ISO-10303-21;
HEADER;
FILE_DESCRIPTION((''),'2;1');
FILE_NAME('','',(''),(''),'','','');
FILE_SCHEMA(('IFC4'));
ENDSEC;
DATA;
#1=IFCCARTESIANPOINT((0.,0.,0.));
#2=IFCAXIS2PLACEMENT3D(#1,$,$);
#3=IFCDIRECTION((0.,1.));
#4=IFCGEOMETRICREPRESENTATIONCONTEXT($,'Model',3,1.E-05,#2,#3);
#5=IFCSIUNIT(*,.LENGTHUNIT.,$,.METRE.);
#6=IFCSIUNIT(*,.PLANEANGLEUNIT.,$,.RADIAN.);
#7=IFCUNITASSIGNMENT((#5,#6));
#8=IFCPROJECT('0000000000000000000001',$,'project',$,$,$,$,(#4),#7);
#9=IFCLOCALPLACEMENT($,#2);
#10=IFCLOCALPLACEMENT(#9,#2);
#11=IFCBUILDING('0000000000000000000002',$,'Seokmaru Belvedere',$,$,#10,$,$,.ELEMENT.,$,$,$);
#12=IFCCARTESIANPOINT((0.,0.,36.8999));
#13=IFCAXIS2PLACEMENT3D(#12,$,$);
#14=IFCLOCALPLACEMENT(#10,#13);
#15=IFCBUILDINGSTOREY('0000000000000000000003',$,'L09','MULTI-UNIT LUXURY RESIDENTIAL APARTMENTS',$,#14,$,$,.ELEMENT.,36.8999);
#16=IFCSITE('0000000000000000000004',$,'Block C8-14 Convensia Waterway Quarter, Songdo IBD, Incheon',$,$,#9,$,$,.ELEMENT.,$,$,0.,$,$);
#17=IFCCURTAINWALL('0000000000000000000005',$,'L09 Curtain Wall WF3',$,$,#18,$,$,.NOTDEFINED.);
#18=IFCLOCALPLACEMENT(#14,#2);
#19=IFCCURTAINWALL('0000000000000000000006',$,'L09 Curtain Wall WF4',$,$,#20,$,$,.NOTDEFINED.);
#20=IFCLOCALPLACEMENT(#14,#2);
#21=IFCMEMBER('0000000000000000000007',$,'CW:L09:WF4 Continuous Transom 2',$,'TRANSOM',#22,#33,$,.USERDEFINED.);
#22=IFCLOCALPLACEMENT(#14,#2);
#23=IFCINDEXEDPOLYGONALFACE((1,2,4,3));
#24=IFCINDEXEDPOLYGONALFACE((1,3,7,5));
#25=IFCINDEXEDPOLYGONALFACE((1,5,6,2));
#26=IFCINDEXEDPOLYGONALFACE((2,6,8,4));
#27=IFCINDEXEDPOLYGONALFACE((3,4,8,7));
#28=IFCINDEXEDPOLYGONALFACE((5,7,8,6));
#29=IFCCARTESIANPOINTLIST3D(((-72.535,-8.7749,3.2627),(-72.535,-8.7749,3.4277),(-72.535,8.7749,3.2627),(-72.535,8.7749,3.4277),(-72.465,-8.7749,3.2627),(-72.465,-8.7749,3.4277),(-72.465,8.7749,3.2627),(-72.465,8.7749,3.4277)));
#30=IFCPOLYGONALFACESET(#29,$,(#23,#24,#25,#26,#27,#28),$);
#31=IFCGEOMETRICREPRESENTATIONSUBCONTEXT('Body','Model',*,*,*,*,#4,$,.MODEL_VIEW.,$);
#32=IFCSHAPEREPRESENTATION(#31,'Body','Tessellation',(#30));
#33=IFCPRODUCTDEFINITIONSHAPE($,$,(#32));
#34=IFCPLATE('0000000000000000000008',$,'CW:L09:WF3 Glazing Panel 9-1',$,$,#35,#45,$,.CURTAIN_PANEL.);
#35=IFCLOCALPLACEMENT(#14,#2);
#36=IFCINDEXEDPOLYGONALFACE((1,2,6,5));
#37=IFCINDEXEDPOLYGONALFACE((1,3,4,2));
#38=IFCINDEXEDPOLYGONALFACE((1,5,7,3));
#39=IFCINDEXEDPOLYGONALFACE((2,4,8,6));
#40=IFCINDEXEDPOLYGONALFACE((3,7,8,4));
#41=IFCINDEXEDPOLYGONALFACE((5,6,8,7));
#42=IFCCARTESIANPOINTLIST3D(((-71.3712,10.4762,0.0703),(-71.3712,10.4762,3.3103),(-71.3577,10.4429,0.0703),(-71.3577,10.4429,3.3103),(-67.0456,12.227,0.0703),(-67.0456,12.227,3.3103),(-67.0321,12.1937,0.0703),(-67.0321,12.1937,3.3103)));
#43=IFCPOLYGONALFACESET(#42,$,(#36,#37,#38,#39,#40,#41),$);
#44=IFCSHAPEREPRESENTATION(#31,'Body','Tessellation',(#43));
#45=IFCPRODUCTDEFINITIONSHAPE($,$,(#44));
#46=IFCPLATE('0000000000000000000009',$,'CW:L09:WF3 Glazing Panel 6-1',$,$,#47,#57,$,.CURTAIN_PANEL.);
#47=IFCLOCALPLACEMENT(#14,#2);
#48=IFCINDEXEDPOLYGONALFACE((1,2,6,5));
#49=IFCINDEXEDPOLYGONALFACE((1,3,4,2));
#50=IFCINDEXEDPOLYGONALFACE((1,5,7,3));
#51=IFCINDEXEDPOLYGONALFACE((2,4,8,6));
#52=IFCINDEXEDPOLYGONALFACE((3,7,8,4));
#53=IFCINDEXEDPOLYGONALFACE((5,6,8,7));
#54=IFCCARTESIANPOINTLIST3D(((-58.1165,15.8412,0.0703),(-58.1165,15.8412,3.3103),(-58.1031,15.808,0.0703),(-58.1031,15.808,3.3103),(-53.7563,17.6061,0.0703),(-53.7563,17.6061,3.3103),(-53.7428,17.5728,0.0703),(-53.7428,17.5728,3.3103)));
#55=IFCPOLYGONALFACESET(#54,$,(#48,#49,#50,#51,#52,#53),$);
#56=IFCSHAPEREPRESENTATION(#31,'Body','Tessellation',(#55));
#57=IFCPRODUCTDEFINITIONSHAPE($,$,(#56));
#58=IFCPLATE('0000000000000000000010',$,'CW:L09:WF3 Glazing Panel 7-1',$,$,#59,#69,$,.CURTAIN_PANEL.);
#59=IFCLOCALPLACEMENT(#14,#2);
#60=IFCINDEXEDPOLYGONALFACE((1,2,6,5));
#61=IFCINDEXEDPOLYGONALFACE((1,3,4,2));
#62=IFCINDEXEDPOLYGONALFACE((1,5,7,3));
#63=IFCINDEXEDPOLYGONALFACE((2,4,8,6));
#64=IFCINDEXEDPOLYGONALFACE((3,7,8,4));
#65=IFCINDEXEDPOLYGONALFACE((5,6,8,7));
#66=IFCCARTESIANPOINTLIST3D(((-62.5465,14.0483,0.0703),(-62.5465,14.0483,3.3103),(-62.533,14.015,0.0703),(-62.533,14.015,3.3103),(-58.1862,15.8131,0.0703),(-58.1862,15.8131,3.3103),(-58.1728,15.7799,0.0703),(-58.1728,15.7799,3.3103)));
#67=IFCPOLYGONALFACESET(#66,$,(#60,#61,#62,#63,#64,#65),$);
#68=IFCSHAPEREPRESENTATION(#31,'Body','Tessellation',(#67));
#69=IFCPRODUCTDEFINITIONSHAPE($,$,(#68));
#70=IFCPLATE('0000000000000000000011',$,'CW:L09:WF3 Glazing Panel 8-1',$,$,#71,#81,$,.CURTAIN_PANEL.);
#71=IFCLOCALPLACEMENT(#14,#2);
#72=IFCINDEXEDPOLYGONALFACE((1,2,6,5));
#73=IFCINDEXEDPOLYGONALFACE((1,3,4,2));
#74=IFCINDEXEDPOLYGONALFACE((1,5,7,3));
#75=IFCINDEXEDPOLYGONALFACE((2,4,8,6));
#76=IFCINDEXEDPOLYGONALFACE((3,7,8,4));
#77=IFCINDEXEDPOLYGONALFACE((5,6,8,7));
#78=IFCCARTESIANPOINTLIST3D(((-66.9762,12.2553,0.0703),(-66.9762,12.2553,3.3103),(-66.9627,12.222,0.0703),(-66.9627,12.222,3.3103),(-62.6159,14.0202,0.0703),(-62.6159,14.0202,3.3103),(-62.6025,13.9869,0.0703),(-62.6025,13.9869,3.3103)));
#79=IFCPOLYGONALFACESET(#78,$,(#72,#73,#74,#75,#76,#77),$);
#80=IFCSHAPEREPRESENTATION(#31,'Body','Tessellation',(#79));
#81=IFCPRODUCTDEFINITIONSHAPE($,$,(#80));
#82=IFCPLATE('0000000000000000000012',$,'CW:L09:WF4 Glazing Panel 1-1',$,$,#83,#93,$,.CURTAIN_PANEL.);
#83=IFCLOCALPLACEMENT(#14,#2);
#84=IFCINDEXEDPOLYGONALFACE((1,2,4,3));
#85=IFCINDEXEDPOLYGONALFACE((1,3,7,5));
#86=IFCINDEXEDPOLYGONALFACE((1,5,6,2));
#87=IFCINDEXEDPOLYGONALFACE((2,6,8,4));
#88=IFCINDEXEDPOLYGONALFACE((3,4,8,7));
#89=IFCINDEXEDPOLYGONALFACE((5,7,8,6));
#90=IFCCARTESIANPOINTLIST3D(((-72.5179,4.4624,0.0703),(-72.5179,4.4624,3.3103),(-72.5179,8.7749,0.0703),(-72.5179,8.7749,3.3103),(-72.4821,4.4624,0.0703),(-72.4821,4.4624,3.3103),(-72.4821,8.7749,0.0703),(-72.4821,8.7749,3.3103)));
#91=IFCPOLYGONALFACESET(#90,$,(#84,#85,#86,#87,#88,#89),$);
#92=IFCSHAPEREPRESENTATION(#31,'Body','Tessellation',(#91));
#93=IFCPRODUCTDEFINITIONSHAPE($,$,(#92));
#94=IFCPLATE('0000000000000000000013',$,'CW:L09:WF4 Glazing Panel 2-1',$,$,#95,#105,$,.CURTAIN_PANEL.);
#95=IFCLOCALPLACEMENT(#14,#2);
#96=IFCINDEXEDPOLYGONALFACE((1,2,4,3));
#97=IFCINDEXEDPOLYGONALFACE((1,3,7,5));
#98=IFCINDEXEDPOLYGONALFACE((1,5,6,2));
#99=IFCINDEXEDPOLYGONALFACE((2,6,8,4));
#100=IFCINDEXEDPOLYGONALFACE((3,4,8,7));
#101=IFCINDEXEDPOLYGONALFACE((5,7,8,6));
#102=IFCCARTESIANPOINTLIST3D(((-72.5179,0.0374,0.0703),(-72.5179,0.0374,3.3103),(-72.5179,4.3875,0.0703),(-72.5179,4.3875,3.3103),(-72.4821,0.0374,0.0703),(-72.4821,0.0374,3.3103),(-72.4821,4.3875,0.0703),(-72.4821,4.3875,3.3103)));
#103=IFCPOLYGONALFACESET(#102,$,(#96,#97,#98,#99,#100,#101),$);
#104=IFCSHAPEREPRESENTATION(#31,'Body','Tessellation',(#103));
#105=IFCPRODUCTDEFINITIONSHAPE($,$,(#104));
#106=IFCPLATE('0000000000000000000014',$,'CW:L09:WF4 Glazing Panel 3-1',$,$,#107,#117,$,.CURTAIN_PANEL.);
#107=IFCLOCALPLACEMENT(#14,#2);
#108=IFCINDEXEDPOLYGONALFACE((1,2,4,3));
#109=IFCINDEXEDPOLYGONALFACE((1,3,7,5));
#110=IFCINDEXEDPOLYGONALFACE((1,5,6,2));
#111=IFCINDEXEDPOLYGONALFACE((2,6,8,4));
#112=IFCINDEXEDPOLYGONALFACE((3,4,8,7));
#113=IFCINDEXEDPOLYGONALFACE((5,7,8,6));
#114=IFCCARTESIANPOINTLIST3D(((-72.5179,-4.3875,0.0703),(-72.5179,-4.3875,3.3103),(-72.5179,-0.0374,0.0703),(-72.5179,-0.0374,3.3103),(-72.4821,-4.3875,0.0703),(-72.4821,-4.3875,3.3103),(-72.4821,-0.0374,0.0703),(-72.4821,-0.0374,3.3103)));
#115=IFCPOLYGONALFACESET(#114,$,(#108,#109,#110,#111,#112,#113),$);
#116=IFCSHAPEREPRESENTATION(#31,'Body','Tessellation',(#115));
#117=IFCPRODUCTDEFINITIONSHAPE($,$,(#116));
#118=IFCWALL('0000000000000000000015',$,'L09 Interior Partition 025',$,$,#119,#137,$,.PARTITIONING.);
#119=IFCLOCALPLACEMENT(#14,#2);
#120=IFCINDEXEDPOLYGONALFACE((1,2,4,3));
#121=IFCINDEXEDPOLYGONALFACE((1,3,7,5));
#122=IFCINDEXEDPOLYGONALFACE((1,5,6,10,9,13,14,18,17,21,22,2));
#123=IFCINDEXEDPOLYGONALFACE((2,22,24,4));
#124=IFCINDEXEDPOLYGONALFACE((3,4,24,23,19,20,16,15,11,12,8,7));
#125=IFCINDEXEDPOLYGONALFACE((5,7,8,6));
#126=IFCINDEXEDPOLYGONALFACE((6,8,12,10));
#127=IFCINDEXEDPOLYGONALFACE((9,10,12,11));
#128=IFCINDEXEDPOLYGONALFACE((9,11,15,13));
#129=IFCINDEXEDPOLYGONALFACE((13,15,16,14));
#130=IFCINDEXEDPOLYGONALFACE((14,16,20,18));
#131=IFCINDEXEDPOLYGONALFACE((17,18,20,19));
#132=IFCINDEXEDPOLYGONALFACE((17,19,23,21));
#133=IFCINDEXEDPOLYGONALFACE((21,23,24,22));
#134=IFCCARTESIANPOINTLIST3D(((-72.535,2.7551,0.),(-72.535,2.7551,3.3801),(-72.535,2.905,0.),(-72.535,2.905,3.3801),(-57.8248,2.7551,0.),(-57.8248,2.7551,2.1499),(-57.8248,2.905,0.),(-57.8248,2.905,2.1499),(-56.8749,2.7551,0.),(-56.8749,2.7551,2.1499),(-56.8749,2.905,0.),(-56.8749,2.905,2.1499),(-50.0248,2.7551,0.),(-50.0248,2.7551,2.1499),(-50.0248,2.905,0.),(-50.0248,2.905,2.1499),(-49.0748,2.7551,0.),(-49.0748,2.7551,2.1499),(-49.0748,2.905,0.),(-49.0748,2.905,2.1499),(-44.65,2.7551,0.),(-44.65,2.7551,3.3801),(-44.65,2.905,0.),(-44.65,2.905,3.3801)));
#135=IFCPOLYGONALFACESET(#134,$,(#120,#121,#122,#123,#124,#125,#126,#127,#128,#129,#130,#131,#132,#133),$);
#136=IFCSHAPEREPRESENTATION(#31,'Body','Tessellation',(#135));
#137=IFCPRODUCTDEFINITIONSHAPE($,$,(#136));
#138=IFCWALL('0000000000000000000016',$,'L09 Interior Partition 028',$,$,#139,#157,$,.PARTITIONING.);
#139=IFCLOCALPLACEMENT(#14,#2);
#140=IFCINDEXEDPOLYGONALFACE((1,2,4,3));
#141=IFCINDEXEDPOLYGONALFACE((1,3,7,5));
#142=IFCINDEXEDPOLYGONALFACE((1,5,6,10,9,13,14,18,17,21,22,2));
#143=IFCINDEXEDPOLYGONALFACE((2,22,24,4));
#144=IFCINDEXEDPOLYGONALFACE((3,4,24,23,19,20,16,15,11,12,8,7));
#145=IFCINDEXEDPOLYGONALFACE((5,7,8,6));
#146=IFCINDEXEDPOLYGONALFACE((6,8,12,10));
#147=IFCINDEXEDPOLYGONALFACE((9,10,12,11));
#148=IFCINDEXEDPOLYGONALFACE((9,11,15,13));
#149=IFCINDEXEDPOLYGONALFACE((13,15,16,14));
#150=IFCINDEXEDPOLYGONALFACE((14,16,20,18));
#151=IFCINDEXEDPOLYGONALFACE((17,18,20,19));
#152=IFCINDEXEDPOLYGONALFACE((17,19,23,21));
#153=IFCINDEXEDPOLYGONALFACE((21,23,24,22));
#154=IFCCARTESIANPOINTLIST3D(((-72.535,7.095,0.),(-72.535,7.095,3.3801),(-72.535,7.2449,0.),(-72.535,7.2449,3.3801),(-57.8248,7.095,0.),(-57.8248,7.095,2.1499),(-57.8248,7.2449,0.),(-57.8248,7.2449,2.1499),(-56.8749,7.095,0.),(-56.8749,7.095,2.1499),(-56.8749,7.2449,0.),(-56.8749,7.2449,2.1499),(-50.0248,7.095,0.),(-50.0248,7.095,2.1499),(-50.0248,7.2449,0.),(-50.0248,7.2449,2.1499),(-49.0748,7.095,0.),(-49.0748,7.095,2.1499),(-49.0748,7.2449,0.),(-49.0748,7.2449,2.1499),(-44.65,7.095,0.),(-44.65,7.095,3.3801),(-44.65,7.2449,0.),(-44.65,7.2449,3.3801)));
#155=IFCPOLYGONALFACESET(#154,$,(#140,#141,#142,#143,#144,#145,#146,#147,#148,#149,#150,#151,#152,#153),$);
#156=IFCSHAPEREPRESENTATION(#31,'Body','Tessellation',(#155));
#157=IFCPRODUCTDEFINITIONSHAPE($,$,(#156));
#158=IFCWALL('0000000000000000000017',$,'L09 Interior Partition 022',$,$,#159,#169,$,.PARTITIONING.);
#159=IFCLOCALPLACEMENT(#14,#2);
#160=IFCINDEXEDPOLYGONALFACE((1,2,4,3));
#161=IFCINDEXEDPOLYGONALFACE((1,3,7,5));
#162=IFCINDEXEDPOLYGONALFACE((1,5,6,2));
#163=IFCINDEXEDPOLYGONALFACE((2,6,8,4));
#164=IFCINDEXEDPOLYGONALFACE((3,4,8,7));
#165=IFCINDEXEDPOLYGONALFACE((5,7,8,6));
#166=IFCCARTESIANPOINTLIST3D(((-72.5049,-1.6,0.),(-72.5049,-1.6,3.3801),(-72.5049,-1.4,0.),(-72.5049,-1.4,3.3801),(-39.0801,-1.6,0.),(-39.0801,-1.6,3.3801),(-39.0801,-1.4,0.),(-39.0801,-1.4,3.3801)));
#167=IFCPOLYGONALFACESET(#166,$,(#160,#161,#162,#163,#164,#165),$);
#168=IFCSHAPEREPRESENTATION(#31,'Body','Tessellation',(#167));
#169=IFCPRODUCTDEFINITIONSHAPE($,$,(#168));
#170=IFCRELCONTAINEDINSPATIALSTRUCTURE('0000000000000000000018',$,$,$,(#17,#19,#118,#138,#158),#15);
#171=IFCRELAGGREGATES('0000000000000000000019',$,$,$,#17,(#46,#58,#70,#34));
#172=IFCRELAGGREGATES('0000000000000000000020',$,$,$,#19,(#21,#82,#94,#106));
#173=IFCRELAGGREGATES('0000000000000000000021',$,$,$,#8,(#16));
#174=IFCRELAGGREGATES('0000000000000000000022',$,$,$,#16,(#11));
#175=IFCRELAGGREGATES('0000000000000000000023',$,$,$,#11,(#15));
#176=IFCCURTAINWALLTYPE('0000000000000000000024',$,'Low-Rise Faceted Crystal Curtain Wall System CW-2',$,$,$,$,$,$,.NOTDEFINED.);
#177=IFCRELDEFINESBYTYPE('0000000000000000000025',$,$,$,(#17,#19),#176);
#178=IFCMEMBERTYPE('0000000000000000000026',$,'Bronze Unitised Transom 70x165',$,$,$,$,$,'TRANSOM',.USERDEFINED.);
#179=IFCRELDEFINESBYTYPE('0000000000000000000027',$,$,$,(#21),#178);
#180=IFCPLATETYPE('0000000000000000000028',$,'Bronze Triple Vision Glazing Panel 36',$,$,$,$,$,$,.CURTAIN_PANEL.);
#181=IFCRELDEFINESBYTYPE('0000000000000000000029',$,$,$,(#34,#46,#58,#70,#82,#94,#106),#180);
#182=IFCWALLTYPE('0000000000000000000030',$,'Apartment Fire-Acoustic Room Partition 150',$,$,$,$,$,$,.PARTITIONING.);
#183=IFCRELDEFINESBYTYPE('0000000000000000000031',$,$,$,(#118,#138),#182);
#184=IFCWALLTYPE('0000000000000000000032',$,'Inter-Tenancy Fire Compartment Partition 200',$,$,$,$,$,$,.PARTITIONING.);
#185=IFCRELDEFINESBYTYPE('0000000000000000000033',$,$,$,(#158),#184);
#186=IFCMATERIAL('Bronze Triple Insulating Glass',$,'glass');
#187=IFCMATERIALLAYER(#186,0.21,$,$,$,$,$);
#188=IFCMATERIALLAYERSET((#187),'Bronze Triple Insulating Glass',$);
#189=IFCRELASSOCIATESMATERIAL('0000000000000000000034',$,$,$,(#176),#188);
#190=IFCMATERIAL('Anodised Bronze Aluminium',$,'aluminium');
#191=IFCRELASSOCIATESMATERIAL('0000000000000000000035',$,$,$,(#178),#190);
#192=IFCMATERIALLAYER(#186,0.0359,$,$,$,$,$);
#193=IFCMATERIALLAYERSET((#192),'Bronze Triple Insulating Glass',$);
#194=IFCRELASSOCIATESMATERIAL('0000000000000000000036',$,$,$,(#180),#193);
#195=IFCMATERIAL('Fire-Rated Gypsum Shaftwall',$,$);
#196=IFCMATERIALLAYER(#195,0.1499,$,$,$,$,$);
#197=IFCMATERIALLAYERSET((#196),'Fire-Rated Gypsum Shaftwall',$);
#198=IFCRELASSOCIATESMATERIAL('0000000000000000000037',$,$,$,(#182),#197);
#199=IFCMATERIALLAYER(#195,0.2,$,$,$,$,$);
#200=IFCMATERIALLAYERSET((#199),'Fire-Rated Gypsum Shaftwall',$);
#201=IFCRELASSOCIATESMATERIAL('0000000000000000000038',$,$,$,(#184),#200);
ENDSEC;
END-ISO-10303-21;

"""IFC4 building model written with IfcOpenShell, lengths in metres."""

from ifc_helpers import new_model, si_unit, direction, frame, frame_2d, origin, origin_2d, place, context, subcontext, project, spatial, rectangle, extrude, source, transform, mapped, material, layer, layer_set, material_profile, profile_set, type_object, type_shapes, element, aggregate, save


model = new_model("IFC4")

# Units and contexts
model_context = context("Model", 3, precision=1e-05, world=origin(), true_north=direction((0.0, 1.0)))
body_context = subcontext(model_context, "Body", "Model", "MODEL_VIEW")
ifc_project = project(units=[si_unit("LENGTHUNIT", "METRE"), si_unit("PLANEANGLEUNIT", "RADIAN")], contexts=[model_context])

# Site, building, storey
site_placement = place(None, origin())
site = spatial("IfcSite", under=ifc_project, at=site_placement, Name="Block C8-14 Convensia Waterway Quarter, Songdo IBD, Incheon", CompositionType="ELEMENT", RefElevation=0.0)
building_placement = place(site_placement, origin())
building = spatial("IfcBuilding", under=site, at=building_placement, Name="Seokmaru Belvedere", CompositionType="ELEMENT")
storey_placement = place(building_placement, frame((0.0, 0.0, 36.8999)))
storey = spatial("IfcBuildingStorey", under=building, at=storey_placement, Name="L09", Description="MULTI-UNIT LUXURY RESIDENTIAL APARTMENTS", CompositionType="ELEMENT", Elevation=36.8999)

# Curtain walls
ifc_material_1 = material(Name="Bronze Triple Insulating Glass", Category="glass")
ifc_layer_1 = layer(ifc_material_1, 0.21)
ifc_layer_set_1 = layer_set([ifc_layer_1], Name="Bronze Triple Insulating Glass")
curtain_wall_type = type_object("IfcCurtainWallType", Name="Low-Rise Faceted Crystal Curtain Wall System CW-2", PredefinedType="NOTDEFINED", material=ifc_layer_set_1)
curtain_wall_1_placement = place(storey_placement, origin())
curtain_wall_1 = element("IfcCurtainWall", 1, at=curtain_wall_1_placement, inside=storey, type_object=curtain_wall_type, Name="L09 Curtain Wall WF3", PredefinedType="NOTDEFINED")
ifc_material_2 = material(Name="Anodised Bronze Aluminium", Category="aluminium")
curtain_wall_2_placement = place(storey_placement, origin())
curtain_wall_2 = element("IfcCurtainWall", 2, at=curtain_wall_2_placement, inside=storey, type_object=curtain_wall_type, Name="L09 Curtain Wall WF4", PredefinedType="NOTDEFINED")

# Member
ifc_material_profile_1 = material_profile(ifc_material_2, rectangle(XDim=0.0701, YDim=0.165, at=origin_2d()), Name="CW-T-70x165")
ifc_profile_set_1 = profile_set([ifc_material_profile_1], Name="Anodised Bronze Aluminium")
member_type_1 = type_object("IfcMemberType", Name="Bronze Unitised Transom 70x165", ElementType="TRANSOM", PredefinedType="USERDEFINED", material=ifc_profile_set_1)
shared_shape_1 = source(origin(), body_context, "Body", "SweptSolid", [
    extrude(rectangle(XDim=0.0701, YDim=0.165, at=origin_2d()), origin(), (0.0, 0.0, 1.0), 17.5498),
])
type_shapes(member_type_1, [shared_shape_1])
member_1_placement = place(storey_placement, frame((-72.5, 8.7749, 3.3452), z_axis=(0.0, -1.0, 0.0), x_axis=(1.0, 0.0, 0.0)))
member_1 = element("IfcMember", 3, at=member_1_placement, type_object=member_type_1, Name="CW:L09:WF4 Continuous Transom 2", ObjectType="TRANSOM", PredefinedType="USERDEFINED", context=body_context, shape_type="MappedRepresentation", body=[
    mapped(shared_shape_1, transform((0.0, 0.0, 0.0), scale=1.0)),
])

# Plates
ifc_layer_2 = layer(ifc_material_1, 0.0359)
ifc_layer_set_2 = layer_set([ifc_layer_2], Name="Bronze Triple Insulating Glass")
plate_type = type_object("IfcPlateType", Name="Bronze Triple Vision Glazing Panel 36", PredefinedType="CURTAIN_PANEL", material=ifc_layer_set_2)
shared_shape_2 = source(origin(), body_context, "Body", "SweptSolid", [
    extrude(rectangle(XDim=4.6665, YDim=0.0359, at=origin_2d()), origin(), (0.0, 0.0, 1.0), 3.24),
])
plate_1_placement = place(storey_placement, frame((-69.2017, 11.335, 0.0703), z_axis=(0.0, 0.0, 1.0), x_axis=(-0.926947, -0.375192, 0.0)))
plate_1 = element("IfcPlate", 4, at=plate_1_placement, type_object=plate_type, Name="CW:L09:WF3 Glazing Panel 9-1", PredefinedType="CURTAIN_PANEL", context=body_context, shape_type="MappedRepresentation", body=[
    mapped(shared_shape_2, transform((0.0, 0.0, 0.0), scale=1.0)),
])
shared_shape_3 = source(origin(), body_context, "Body", "SweptSolid", [
    extrude(rectangle(XDim=4.7039, YDim=0.0359, at=origin_2d()), origin(), (0.0, 0.0, 1.0), 3.24),
])
plate_2_placement = place(storey_placement, frame((-55.9297, 16.707, 0.0703), z_axis=(0.0, 0.0, 1.0), x_axis=(-0.926947, -0.375192, 0.0)))
plate_2 = element("IfcPlate", 5, at=plate_2_placement, type_object=plate_type, Name="CW:L09:WF3 Glazing Panel 6-1", PredefinedType="CURTAIN_PANEL", context=body_context, shape_type="MappedRepresentation", body=[
    mapped(shared_shape_3, transform((0.0, 0.0, 0.0), scale=1.0)),
])
plate_3_placement = place(storey_placement, frame((-60.3596, 14.9141, 0.0703), z_axis=(0.0, 0.0, 1.0), x_axis=(-0.926947, -0.375192, 0.0)))
plate_3 = element("IfcPlate", 6, at=plate_3_placement, type_object=plate_type, Name="CW:L09:WF3 Glazing Panel 7-1", PredefinedType="CURTAIN_PANEL", context=body_context, shape_type="MappedRepresentation", body=[
    mapped(shared_shape_3, transform((0.0, 0.0, 0.0), scale=1.0)),
])
plate_4_placement = place(storey_placement, frame((-64.7893, 13.1211, 0.0703), z_axis=(0.0, 0.0, 1.0), x_axis=(-0.926947, -0.375192, 0.0)))
plate_4 = element("IfcPlate", 7, at=plate_4_placement, type_object=plate_type, Name="CW:L09:WF3 Glazing Panel 8-1", PredefinedType="CURTAIN_PANEL", context=body_context, shape_type="MappedRepresentation", body=[
    mapped(shared_shape_3, transform((0.0, 0.0, 0.0), scale=1.0)),
])
aggregate(curtain_wall_1, [plate_2, plate_3, plate_4, plate_1])
shared_shape_4 = source(origin(), body_context, "Body", "SweptSolid", [
    extrude(rectangle(XDim=4.3125, YDim=0.0359, at=origin_2d()), origin(), (0.0, 0.0, 1.0), 3.24),
])
plate_5_placement = place(storey_placement, frame((-72.5, 6.6187, 0.0703), z_axis=(0.0, 0.0, 1.0), x_axis=(0.0, -1.0, 0.0)))
plate_5 = element("IfcPlate", 8, at=plate_5_placement, type_object=plate_type, Name="CW:L09:WF4 Glazing Panel 1-1", PredefinedType="CURTAIN_PANEL", context=body_context, shape_type="MappedRepresentation", body=[
    mapped(shared_shape_4, transform((0.0, 0.0, 0.0), scale=1.0)),
])
shared_shape_5 = source(origin(), body_context, "Body", "SweptSolid", [
    extrude(rectangle(XDim=4.3501, YDim=0.0359, at=origin_2d()), origin(), (0.0, 0.0, 1.0), 3.24),
])
type_shapes(plate_type, [shared_shape_2, shared_shape_3, shared_shape_4, shared_shape_5])
plate_6_placement = place(storey_placement, frame((-72.5, 2.2124, 0.0703), z_axis=(0.0, 0.0, 1.0), x_axis=(0.0, -1.0, 0.0)))
plate_6 = element("IfcPlate", 9, at=plate_6_placement, type_object=plate_type, Name="CW:L09:WF4 Glazing Panel 2-1", PredefinedType="CURTAIN_PANEL", context=body_context, shape_type="MappedRepresentation", body=[
    mapped(shared_shape_5, transform((0.0, 0.0, 0.0), scale=1.0)),
])
plate_7_placement = place(storey_placement, frame((-72.5, -2.2124, 0.0703), z_axis=(0.0, 0.0, 1.0), x_axis=(0.0, -1.0, 0.0)))
plate_7 = element("IfcPlate", 10, at=plate_7_placement, type_object=plate_type, Name="CW:L09:WF4 Glazing Panel 3-1", PredefinedType="CURTAIN_PANEL", context=body_context, shape_type="MappedRepresentation", body=[
    mapped(shared_shape_5, transform((0.0, 0.0, 0.0), scale=1.0)),
])
aggregate(curtain_wall_2, [member_1, plate_5, plate_6, plate_7])

# Walls, openings
ifc_material_3 = material(Name="Fire-Rated Gypsum Shaftwall")
ifc_layer_3 = layer(ifc_material_3, 0.1499)
ifc_layer_set_3 = layer_set([ifc_layer_3], Name="Fire-Rated Gypsum Shaftwall")
wall_type_1 = type_object("IfcWallType", Name="Apartment Fire-Acoustic Room Partition 150", PredefinedType="PARTITIONING", material=ifc_layer_set_3)
wall_1_placement = place(storey_placement, frame((-72.5349, 2.8301, 0.0), z_axis=(0.0, 0.0, 1.0), x_axis=(1.0, 0.0, 0.0)))
wall_1 = element("IfcWall", 11, at=wall_1_placement, inside=storey, type_object=wall_type_1, Name="L09 Interior Partition 025", PredefinedType="PARTITIONING", context=body_context, shape_type="SweptSolid", body=[
    extrude(rectangle(XDim=27.885, YDim=0.1499, at=frame_2d((13.9424, 0.0))), origin(), (0.0, 0.0, 1.0), 3.3801),
])
opening_1_placement = place(wall_1_placement, frame((22.51, 0.0, 0.0)))
element("IfcOpeningElement", 12, at=opening_1_placement, cuts=wall_1, PredefinedType="OPENING", context=body_context, shape_type="SweptSolid", body=[
    extrude(rectangle(XDim=0.95, YDim=2.1499, at=frame_2d((0.4751, 1.075))), frame((0.0, 0.085, 0.0), z_axis=(0.0, -1.0, 0.0), x_axis=(1.0, 0.0, 0.0)), (0.0, 0.0, 1.0), 0.1699),
])
opening_2_placement = place(wall_1_placement, frame((14.71, 0.0, 0.0)))
element("IfcOpeningElement", 13, at=opening_2_placement, cuts=wall_1, PredefinedType="OPENING", context=body_context, shape_type="SweptSolid", body=[
    extrude(rectangle(XDim=0.95, YDim=2.1499, at=frame_2d((0.4751, 1.075))), frame((0.0, 0.085, 0.0), z_axis=(0.0, -1.0, 0.0), x_axis=(1.0, 0.0, 0.0)), (0.0, 0.0, 1.0), 0.1699),
])
wall_2_placement = place(storey_placement, frame((-72.5349, 7.1699, 0.0), z_axis=(0.0, 0.0, 1.0), x_axis=(1.0, 0.0, 0.0)))
wall_2 = element("IfcWall", 14, at=wall_2_placement, inside=storey, type_object=wall_type_1, Name="L09 Interior Partition 028", PredefinedType="PARTITIONING", context=body_context, shape_type="SweptSolid", body=[
    extrude(rectangle(XDim=27.885, YDim=0.1499, at=frame_2d((13.9424, 0.0))), origin(), (0.0, 0.0, 1.0), 3.3801),
])
opening_3_placement = place(wall_2_placement, frame((22.51, 0.0, 0.0)))
element("IfcOpeningElement", 15, at=opening_3_placement, cuts=wall_2, PredefinedType="OPENING", context=body_context, shape_type="SweptSolid", body=[
    extrude(rectangle(XDim=0.95, YDim=2.1499, at=frame_2d((0.4751, 1.075))), frame((0.0, 0.085, 0.0), z_axis=(0.0, -1.0, 0.0), x_axis=(1.0, 0.0, 0.0)), (0.0, 0.0, 1.0), 0.1699),
])
opening_4_placement = place(wall_2_placement, frame((14.71, 0.0, 0.0)))
element("IfcOpeningElement", 16, at=opening_4_placement, cuts=wall_2, PredefinedType="OPENING", context=body_context, shape_type="SweptSolid", body=[
    extrude(rectangle(XDim=0.95, YDim=2.1499, at=frame_2d((0.4751, 1.075))), frame((0.0, 0.085, 0.0), z_axis=(0.0, -1.0, 0.0), x_axis=(1.0, 0.0, 0.0)), (0.0, 0.0, 1.0), 0.1699),
])

# Wall
ifc_layer_4 = layer(ifc_material_3, 0.2)
ifc_layer_set_4 = layer_set([ifc_layer_4], Name="Fire-Rated Gypsum Shaftwall")
wall_type_2 = type_object("IfcWallType", Name="Inter-Tenancy Fire Compartment Partition 200", PredefinedType="PARTITIONING", material=ifc_layer_set_4)
wall_3_placement = place(storey_placement, frame((-72.5049, -1.5, 0.0), z_axis=(0.0, 0.0, 1.0), x_axis=(1.0, 0.0, 0.0)))
element("IfcWall", 17, at=wall_3_placement, inside=storey, type_object=wall_type_2, Name="L09 Interior Partition 022", PredefinedType="PARTITIONING", context=body_context, shape_type="SweptSolid", body=[
    extrude(rectangle(XDim=33.4248, YDim=0.2, at=frame_2d((16.7124, 0.0))), origin(), (0.0, 0.0, 1.0), 3.3801),
])

save(model, "model.ifc")
